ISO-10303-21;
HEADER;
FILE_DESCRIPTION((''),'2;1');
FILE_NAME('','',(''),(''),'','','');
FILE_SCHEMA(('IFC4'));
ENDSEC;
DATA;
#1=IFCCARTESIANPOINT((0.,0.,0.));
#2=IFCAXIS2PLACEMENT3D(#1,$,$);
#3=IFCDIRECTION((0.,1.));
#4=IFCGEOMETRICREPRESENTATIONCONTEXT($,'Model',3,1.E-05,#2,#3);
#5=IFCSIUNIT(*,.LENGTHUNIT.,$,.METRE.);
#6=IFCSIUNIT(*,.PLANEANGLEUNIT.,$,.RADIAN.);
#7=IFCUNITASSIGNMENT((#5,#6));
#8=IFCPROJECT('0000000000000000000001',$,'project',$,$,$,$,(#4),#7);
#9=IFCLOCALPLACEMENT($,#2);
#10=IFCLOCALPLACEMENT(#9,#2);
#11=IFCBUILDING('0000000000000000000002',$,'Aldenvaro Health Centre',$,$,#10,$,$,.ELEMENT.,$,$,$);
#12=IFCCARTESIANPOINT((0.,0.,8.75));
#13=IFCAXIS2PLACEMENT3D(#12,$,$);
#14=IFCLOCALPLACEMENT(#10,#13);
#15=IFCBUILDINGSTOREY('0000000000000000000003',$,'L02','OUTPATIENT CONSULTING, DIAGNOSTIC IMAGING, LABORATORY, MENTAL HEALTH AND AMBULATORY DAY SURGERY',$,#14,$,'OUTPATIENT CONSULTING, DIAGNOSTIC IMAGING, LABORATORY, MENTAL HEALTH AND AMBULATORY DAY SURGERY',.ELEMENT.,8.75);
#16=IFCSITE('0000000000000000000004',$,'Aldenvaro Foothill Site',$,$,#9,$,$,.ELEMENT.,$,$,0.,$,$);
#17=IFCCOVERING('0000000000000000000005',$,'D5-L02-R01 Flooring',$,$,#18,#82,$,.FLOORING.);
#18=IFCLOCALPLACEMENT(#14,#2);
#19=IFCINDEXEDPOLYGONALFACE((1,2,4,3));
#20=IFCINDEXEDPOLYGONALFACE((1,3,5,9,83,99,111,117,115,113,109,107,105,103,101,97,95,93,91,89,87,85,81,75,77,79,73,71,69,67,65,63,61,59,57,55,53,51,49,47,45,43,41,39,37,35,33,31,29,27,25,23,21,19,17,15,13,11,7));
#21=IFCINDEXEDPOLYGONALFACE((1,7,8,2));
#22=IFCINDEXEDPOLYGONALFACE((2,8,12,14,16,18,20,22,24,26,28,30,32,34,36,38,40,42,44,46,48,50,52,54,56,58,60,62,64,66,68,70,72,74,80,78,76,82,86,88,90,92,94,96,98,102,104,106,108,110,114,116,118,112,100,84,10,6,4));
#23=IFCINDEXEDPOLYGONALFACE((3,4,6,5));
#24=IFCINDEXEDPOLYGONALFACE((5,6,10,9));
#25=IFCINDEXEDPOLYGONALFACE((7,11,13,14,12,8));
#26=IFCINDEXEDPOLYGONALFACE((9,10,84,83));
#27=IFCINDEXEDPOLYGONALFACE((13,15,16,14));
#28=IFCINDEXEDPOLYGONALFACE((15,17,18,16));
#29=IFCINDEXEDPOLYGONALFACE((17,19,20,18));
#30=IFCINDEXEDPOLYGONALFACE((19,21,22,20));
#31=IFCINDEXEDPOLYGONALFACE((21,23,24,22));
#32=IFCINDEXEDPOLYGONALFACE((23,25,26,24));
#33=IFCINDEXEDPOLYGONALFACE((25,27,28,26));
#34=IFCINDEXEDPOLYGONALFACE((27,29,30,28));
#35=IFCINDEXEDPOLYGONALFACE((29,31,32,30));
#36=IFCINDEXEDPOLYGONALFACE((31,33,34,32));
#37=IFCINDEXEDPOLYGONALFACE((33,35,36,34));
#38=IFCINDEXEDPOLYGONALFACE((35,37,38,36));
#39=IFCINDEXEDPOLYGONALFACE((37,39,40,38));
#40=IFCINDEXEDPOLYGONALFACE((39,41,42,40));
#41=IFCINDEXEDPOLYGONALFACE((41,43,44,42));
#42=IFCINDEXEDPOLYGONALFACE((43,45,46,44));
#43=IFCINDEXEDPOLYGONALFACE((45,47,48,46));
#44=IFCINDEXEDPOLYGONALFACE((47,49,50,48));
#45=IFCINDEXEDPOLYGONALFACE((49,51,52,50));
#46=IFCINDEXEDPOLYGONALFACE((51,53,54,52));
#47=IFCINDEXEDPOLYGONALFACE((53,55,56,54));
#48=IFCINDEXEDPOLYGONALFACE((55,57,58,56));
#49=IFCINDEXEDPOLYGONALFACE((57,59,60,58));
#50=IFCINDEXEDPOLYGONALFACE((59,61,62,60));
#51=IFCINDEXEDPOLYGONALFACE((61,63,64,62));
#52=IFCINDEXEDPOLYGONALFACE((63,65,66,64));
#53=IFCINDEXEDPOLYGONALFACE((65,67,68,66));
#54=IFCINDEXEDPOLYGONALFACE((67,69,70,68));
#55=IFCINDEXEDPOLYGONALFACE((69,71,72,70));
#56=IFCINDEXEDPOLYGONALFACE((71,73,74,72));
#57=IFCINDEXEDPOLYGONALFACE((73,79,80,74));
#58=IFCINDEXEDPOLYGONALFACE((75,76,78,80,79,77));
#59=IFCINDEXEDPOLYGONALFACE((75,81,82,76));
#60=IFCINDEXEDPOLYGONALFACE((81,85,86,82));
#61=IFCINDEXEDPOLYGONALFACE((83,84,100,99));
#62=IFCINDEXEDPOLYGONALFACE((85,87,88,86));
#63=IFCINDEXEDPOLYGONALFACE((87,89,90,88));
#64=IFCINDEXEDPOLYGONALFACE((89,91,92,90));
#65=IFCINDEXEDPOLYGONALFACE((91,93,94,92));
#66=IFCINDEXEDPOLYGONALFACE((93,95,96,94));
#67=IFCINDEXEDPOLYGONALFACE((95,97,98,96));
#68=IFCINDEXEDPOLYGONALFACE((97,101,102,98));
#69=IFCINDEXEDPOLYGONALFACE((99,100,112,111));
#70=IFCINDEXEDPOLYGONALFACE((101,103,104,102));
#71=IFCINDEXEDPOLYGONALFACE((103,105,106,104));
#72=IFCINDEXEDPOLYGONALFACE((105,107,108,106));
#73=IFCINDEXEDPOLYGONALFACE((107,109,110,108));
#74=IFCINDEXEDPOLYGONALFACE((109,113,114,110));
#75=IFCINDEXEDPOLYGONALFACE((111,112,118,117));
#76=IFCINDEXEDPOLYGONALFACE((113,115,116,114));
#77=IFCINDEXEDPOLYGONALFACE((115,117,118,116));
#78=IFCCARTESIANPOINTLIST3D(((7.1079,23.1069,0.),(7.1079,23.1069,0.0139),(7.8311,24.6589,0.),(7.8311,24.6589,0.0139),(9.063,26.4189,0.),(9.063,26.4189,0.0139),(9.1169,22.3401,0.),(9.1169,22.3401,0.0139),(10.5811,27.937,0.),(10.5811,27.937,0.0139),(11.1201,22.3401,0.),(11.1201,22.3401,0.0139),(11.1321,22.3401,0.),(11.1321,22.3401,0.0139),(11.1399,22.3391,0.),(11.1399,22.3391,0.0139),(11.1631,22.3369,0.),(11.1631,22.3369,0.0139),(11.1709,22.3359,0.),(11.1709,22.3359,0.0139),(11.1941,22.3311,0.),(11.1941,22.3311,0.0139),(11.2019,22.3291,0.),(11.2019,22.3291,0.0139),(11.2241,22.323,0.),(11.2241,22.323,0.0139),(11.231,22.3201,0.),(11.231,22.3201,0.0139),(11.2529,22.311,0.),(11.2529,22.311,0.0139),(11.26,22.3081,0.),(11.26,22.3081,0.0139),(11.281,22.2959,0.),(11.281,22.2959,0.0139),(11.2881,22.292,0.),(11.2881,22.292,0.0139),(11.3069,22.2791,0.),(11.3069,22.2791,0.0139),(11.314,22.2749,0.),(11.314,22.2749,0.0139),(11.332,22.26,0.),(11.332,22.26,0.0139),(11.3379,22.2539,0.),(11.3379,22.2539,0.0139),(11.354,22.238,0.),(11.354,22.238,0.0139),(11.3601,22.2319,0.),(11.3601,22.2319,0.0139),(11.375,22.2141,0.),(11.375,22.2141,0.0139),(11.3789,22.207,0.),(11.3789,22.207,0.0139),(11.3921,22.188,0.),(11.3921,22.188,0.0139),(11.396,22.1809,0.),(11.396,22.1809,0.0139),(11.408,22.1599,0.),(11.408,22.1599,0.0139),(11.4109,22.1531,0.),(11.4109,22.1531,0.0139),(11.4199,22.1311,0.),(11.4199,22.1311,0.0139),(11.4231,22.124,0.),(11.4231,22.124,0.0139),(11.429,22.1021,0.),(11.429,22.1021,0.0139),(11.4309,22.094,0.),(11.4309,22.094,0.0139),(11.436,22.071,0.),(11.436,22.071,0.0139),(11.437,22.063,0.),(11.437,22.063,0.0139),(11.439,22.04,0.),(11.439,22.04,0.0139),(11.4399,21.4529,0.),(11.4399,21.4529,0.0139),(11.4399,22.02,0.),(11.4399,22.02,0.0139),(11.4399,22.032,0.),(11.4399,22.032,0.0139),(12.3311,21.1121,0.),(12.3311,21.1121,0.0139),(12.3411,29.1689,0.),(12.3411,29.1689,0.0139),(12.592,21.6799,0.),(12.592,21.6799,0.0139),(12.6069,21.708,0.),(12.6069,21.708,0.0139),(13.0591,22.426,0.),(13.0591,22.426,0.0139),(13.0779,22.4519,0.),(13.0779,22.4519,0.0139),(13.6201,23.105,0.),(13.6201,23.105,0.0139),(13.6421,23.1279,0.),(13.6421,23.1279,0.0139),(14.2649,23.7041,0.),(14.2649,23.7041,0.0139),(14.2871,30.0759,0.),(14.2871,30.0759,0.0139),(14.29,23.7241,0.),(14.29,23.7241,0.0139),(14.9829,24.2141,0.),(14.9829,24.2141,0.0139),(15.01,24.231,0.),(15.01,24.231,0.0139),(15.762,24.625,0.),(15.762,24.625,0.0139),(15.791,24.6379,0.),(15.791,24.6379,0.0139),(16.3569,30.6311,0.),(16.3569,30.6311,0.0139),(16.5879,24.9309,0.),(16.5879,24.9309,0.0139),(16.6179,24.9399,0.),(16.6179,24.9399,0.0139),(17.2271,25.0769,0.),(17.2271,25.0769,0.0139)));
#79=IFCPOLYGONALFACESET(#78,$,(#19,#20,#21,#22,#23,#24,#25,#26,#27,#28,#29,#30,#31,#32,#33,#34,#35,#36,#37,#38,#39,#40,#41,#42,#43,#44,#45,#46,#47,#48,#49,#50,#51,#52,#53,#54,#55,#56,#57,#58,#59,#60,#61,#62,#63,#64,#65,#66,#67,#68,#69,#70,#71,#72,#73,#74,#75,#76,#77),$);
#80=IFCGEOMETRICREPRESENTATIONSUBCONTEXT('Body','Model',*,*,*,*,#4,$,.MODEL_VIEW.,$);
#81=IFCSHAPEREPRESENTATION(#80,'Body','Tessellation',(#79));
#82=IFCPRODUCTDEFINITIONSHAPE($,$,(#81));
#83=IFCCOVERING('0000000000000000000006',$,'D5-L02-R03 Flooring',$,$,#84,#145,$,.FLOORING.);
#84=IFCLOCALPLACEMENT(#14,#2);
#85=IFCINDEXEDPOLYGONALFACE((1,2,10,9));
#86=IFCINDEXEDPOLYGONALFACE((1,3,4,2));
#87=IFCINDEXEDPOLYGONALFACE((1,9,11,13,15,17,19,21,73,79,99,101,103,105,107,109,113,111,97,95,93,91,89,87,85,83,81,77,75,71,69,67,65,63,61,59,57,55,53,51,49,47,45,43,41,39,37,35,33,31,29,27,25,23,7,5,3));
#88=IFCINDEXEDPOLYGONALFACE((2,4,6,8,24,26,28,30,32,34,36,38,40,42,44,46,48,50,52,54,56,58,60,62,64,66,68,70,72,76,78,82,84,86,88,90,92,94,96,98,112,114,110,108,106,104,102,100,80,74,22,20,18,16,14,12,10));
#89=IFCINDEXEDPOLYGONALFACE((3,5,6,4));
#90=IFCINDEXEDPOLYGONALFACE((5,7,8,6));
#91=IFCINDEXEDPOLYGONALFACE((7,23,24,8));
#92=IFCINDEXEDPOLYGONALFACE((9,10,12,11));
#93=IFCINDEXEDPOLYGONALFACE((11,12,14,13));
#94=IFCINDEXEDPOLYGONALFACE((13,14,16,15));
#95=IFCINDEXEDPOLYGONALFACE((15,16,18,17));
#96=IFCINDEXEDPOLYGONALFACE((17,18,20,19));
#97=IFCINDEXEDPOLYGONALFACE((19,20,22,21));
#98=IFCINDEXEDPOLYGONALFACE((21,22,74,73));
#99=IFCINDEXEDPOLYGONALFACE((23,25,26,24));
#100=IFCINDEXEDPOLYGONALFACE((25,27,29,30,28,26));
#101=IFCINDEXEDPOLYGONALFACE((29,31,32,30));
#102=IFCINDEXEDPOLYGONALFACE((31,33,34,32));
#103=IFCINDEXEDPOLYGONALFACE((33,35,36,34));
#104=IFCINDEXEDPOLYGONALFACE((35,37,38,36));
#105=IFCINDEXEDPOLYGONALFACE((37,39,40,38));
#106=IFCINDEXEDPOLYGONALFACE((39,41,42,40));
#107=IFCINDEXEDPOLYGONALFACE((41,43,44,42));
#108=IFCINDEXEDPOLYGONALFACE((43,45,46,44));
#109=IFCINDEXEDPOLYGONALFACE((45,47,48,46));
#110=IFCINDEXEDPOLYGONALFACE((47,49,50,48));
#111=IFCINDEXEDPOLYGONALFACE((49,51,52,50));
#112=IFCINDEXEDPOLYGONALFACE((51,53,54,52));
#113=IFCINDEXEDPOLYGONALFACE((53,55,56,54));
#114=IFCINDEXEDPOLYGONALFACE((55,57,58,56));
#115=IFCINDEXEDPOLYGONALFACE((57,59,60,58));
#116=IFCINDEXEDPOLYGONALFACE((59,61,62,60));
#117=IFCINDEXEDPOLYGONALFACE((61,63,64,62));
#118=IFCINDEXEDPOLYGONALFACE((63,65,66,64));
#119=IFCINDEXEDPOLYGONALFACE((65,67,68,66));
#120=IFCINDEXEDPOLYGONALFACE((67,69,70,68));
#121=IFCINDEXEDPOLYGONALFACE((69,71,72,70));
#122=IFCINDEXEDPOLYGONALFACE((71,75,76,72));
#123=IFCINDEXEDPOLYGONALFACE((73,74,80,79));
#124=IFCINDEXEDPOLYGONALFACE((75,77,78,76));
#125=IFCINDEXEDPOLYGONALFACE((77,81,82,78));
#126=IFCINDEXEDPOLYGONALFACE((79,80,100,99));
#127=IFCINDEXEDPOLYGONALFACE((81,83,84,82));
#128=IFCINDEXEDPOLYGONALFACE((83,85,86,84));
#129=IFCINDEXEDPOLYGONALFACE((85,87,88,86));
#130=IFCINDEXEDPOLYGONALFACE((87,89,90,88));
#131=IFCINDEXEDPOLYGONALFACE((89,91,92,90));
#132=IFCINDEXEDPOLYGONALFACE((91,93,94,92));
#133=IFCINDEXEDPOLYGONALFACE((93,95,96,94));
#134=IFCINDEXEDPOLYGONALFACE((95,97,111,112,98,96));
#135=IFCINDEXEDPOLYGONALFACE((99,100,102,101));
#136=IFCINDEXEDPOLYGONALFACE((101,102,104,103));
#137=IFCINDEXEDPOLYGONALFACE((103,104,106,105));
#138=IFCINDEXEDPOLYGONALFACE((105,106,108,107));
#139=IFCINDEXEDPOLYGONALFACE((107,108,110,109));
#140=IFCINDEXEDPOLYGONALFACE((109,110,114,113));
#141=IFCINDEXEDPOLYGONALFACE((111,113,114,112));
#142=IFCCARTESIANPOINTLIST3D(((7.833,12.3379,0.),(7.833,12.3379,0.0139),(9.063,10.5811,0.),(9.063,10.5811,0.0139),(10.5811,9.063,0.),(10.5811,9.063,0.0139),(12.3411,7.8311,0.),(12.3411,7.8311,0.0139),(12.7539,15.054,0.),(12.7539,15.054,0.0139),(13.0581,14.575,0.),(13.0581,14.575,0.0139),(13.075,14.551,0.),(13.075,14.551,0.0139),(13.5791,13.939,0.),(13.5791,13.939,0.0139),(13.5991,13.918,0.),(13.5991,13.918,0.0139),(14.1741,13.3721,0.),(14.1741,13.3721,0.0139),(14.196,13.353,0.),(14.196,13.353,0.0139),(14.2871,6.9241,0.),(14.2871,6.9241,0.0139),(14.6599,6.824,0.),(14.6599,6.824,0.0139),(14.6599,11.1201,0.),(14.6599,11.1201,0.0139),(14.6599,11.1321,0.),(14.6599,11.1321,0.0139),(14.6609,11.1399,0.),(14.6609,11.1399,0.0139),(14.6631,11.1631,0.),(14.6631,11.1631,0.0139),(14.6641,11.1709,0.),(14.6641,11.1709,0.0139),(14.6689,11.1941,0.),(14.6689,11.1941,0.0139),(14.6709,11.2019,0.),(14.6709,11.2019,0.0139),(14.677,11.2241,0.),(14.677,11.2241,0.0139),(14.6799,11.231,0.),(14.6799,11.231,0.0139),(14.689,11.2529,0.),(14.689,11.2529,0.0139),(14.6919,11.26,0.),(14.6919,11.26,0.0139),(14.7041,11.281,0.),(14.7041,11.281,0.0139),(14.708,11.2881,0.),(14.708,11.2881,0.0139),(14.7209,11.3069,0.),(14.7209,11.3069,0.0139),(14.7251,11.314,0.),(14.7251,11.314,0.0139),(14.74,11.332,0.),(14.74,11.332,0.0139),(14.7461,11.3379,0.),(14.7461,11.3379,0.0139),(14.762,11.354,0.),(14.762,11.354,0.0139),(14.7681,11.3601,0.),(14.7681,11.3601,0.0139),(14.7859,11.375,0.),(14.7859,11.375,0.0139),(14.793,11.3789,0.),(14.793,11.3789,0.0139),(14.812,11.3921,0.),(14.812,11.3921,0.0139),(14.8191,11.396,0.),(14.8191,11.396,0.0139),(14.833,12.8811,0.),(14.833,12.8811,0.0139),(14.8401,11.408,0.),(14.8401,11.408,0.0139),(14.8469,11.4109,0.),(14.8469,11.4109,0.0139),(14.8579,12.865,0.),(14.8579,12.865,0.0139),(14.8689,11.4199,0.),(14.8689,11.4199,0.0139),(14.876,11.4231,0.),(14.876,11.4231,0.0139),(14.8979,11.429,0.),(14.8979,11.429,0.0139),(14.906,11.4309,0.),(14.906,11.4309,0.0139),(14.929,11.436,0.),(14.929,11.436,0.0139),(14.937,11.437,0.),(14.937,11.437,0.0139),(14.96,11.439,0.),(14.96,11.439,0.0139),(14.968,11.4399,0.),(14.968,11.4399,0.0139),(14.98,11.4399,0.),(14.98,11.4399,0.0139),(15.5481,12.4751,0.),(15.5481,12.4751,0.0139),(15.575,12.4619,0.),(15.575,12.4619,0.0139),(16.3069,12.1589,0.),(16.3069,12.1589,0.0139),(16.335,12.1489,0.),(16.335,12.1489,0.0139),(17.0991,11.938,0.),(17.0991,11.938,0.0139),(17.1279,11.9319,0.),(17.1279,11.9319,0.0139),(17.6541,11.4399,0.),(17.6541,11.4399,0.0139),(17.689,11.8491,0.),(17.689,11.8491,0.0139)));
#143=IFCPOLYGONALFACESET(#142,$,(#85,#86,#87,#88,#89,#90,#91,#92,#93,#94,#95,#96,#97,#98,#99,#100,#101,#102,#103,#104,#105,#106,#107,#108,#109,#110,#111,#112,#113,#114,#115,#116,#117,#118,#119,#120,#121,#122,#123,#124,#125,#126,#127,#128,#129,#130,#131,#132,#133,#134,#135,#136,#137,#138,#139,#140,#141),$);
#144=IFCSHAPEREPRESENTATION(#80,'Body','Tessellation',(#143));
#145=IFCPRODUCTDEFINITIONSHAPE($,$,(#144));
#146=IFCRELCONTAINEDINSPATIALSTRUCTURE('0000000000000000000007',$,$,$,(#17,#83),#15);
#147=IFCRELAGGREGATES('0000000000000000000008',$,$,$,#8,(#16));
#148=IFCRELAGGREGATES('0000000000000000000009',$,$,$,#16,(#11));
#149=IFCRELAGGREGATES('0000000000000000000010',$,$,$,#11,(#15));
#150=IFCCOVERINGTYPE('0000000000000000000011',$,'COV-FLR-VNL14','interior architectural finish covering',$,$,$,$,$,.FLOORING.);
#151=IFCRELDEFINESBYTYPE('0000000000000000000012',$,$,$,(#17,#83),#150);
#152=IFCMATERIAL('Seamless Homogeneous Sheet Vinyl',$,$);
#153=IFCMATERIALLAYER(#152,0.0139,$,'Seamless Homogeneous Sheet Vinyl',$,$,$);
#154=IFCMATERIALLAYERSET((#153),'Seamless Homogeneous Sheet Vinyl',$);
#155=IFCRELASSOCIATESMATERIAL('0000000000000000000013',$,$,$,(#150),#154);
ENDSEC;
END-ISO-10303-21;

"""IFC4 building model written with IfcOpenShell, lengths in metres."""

from ifc_helpers import new_model, si_unit, direction, frame, origin, place, context, subcontext, project, spatial, polyline, outline, extrude, material, layer, layer_set, type_object, element, save


model = new_model("IFC4")

# Units and contexts
model_context = context("Model", 3, precision=1e-05, world=origin(), true_north=direction((0.0, 1.0)))
body_context = subcontext(model_context, "Body", "Model", "MODEL_VIEW")
ifc_project = project(units=[si_unit("LENGTHUNIT", "METRE"), si_unit("PLANEANGLEUNIT", "RADIAN")], contexts=[model_context])

# Site, building, storey
site_placement = place(None, origin())
site = spatial("IfcSite", under=ifc_project, at=site_placement, Name="Aldenvaro Foothill Site", CompositionType="ELEMENT", RefElevation=0.0)
building_placement = place(site_placement, origin())
building = spatial("IfcBuilding", under=site, at=building_placement, Name="Aldenvaro Health Centre", CompositionType="ELEMENT")
storey_placement = place(building_placement, frame((0.0, 0.0, 8.75)))
storey = spatial("IfcBuildingStorey", under=building, at=storey_placement, Name="L02", Description="OUTPATIENT CONSULTING, DIAGNOSTIC IMAGING, LABORATORY, MENTAL HEALTH AND AMBULATORY DAY SURGERY", LongName="OUTPATIENT CONSULTING, DIAGNOSTIC IMAGING, LABORATORY, MENTAL HEALTH AND AMBULATORY DAY SURGERY", CompositionType="ELEMENT", Elevation=8.75)

# Coverings
ifc_material_1 = material(Name="Seamless Homogeneous Sheet Vinyl")
ifc_layer_1 = layer(ifc_material_1, 0.0139, Name="Seamless Homogeneous Sheet Vinyl")
ifc_layer_set_1 = layer_set([ifc_layer_1], Name="Seamless Homogeneous Sheet Vinyl")
covering_type_1 = type_object("IfcCoveringType", Name="COV-FLR-VNL14", Description="interior architectural finish covering", PredefinedType="FLOORING", material=ifc_layer_set_1)
covering_1_placement = place(storey_placement, origin())
element("IfcCovering", 1, at=covering_1_placement, inside=storey, type_object=covering_type_1, Name="D5-L02-R01 Flooring", PredefinedType="FLOORING", context=body_context, shape_type="SweptSolid", body=[
    extrude(outline(polyline([(16.3569, 30.6311), (17.2271, 25.0769), (16.6179, 24.9399), (16.5879, 24.9309), (15.791, 24.6379), (15.762, 24.625), (15.01, 24.231), (14.9829, 24.2141), (14.29, 23.7241), (14.2649, 23.7041), (13.6421, 23.1279), (13.6201, 23.105), (13.0779, 22.4519), (13.0591, 22.426), (12.6069, 21.708), (12.592, 21.6799), (12.3311, 21.1121), (11.4399, 21.4529), (11.4399, 22.02), (11.4399, 22.032), (11.439, 22.04), (11.437, 22.063), (11.436, 22.071), (11.4309, 22.094), (11.429, 22.1021), (11.4231, 22.124), (11.4199, 22.1311), (11.4109, 22.1531), (11.408, 22.1599), (11.396, 22.1809), (11.3921, 22.188), (11.3789, 22.207), (11.375, 22.2141), (11.3601, 22.2319), (11.354, 22.238), (11.3379, 22.2539), (11.332, 22.26), (11.314, 22.2749), (11.3069, 22.2791), (11.2881, 22.292), (11.281, 22.2959), (11.26, 22.3081), (11.2529, 22.311), (11.231, 22.3201), (11.2241, 22.323), (11.2019, 22.3291), (11.1941, 22.3311), (11.1709, 22.3359), (11.1631, 22.3369), (11.1399, 22.3391), (11.1321, 22.3401), (11.1201, 22.3401), (9.1169, 22.3401), (7.1079, 23.1069), (7.8311, 24.6589), (9.063, 26.4189), (10.5811, 27.937), (12.3411, 29.1689), (14.2871, 30.0759), (16.3569, 30.6311)])), origin(), (0.0, 0.0, 1.0), 0.0139),
])
covering_2_placement = place(storey_placement, origin())
element("IfcCovering", 2, at=covering_2_placement, inside=storey, type_object=covering_type_1, Name="D5-L02-R03 Flooring", PredefinedType="FLOORING", context=body_context, shape_type="SweptSolid", body=[
    extrude(outline(polyline([(7.833, 12.3379), (12.7539, 15.054), (13.0581, 14.575), (13.075, 14.551), (13.5791, 13.939), (13.5991, 13.918), (14.1741, 13.3721), (14.196, 13.353), (14.833, 12.8811), (14.8579, 12.865), (15.5481, 12.4751), (15.575, 12.4619), (16.3069, 12.1589), (16.335, 12.1489), (17.0991, 11.938), (17.1279, 11.9319), (17.689, 11.8491), (17.6541, 11.4399), (14.98, 11.4399), (14.968, 11.4399), (14.96, 11.439), (14.937, 11.437), (14.929, 11.436), (14.906, 11.4309), (14.8979, 11.429), (14.876, 11.4231), (14.8689, 11.4199), (14.8469, 11.4109), (14.8401, 11.408), (14.8191, 11.396), (14.812, 11.3921), (14.793, 11.3789), (14.7859, 11.375), (14.7681, 11.3601), (14.762, 11.354), (14.7461, 11.3379), (14.74, 11.332), (14.7251, 11.314), (14.7209, 11.3069), (14.708, 11.2881), (14.7041, 11.281), (14.6919, 11.26), (14.689, 11.2529), (14.6799, 11.231), (14.677, 11.2241), (14.6709, 11.2019), (14.6689, 11.1941), (14.6641, 11.1709), (14.6631, 11.1631), (14.6609, 11.1399), (14.6599, 11.1321), (14.6599, 11.1201), (14.6599, 6.824), (14.2871, 6.9241), (12.3411, 7.8311), (10.5811, 9.063), (9.063, 10.5811), (7.833, 12.3379)])), origin(), (0.0, 0.0, 1.0), 0.0139),
])

save(model, "model.ifc")
